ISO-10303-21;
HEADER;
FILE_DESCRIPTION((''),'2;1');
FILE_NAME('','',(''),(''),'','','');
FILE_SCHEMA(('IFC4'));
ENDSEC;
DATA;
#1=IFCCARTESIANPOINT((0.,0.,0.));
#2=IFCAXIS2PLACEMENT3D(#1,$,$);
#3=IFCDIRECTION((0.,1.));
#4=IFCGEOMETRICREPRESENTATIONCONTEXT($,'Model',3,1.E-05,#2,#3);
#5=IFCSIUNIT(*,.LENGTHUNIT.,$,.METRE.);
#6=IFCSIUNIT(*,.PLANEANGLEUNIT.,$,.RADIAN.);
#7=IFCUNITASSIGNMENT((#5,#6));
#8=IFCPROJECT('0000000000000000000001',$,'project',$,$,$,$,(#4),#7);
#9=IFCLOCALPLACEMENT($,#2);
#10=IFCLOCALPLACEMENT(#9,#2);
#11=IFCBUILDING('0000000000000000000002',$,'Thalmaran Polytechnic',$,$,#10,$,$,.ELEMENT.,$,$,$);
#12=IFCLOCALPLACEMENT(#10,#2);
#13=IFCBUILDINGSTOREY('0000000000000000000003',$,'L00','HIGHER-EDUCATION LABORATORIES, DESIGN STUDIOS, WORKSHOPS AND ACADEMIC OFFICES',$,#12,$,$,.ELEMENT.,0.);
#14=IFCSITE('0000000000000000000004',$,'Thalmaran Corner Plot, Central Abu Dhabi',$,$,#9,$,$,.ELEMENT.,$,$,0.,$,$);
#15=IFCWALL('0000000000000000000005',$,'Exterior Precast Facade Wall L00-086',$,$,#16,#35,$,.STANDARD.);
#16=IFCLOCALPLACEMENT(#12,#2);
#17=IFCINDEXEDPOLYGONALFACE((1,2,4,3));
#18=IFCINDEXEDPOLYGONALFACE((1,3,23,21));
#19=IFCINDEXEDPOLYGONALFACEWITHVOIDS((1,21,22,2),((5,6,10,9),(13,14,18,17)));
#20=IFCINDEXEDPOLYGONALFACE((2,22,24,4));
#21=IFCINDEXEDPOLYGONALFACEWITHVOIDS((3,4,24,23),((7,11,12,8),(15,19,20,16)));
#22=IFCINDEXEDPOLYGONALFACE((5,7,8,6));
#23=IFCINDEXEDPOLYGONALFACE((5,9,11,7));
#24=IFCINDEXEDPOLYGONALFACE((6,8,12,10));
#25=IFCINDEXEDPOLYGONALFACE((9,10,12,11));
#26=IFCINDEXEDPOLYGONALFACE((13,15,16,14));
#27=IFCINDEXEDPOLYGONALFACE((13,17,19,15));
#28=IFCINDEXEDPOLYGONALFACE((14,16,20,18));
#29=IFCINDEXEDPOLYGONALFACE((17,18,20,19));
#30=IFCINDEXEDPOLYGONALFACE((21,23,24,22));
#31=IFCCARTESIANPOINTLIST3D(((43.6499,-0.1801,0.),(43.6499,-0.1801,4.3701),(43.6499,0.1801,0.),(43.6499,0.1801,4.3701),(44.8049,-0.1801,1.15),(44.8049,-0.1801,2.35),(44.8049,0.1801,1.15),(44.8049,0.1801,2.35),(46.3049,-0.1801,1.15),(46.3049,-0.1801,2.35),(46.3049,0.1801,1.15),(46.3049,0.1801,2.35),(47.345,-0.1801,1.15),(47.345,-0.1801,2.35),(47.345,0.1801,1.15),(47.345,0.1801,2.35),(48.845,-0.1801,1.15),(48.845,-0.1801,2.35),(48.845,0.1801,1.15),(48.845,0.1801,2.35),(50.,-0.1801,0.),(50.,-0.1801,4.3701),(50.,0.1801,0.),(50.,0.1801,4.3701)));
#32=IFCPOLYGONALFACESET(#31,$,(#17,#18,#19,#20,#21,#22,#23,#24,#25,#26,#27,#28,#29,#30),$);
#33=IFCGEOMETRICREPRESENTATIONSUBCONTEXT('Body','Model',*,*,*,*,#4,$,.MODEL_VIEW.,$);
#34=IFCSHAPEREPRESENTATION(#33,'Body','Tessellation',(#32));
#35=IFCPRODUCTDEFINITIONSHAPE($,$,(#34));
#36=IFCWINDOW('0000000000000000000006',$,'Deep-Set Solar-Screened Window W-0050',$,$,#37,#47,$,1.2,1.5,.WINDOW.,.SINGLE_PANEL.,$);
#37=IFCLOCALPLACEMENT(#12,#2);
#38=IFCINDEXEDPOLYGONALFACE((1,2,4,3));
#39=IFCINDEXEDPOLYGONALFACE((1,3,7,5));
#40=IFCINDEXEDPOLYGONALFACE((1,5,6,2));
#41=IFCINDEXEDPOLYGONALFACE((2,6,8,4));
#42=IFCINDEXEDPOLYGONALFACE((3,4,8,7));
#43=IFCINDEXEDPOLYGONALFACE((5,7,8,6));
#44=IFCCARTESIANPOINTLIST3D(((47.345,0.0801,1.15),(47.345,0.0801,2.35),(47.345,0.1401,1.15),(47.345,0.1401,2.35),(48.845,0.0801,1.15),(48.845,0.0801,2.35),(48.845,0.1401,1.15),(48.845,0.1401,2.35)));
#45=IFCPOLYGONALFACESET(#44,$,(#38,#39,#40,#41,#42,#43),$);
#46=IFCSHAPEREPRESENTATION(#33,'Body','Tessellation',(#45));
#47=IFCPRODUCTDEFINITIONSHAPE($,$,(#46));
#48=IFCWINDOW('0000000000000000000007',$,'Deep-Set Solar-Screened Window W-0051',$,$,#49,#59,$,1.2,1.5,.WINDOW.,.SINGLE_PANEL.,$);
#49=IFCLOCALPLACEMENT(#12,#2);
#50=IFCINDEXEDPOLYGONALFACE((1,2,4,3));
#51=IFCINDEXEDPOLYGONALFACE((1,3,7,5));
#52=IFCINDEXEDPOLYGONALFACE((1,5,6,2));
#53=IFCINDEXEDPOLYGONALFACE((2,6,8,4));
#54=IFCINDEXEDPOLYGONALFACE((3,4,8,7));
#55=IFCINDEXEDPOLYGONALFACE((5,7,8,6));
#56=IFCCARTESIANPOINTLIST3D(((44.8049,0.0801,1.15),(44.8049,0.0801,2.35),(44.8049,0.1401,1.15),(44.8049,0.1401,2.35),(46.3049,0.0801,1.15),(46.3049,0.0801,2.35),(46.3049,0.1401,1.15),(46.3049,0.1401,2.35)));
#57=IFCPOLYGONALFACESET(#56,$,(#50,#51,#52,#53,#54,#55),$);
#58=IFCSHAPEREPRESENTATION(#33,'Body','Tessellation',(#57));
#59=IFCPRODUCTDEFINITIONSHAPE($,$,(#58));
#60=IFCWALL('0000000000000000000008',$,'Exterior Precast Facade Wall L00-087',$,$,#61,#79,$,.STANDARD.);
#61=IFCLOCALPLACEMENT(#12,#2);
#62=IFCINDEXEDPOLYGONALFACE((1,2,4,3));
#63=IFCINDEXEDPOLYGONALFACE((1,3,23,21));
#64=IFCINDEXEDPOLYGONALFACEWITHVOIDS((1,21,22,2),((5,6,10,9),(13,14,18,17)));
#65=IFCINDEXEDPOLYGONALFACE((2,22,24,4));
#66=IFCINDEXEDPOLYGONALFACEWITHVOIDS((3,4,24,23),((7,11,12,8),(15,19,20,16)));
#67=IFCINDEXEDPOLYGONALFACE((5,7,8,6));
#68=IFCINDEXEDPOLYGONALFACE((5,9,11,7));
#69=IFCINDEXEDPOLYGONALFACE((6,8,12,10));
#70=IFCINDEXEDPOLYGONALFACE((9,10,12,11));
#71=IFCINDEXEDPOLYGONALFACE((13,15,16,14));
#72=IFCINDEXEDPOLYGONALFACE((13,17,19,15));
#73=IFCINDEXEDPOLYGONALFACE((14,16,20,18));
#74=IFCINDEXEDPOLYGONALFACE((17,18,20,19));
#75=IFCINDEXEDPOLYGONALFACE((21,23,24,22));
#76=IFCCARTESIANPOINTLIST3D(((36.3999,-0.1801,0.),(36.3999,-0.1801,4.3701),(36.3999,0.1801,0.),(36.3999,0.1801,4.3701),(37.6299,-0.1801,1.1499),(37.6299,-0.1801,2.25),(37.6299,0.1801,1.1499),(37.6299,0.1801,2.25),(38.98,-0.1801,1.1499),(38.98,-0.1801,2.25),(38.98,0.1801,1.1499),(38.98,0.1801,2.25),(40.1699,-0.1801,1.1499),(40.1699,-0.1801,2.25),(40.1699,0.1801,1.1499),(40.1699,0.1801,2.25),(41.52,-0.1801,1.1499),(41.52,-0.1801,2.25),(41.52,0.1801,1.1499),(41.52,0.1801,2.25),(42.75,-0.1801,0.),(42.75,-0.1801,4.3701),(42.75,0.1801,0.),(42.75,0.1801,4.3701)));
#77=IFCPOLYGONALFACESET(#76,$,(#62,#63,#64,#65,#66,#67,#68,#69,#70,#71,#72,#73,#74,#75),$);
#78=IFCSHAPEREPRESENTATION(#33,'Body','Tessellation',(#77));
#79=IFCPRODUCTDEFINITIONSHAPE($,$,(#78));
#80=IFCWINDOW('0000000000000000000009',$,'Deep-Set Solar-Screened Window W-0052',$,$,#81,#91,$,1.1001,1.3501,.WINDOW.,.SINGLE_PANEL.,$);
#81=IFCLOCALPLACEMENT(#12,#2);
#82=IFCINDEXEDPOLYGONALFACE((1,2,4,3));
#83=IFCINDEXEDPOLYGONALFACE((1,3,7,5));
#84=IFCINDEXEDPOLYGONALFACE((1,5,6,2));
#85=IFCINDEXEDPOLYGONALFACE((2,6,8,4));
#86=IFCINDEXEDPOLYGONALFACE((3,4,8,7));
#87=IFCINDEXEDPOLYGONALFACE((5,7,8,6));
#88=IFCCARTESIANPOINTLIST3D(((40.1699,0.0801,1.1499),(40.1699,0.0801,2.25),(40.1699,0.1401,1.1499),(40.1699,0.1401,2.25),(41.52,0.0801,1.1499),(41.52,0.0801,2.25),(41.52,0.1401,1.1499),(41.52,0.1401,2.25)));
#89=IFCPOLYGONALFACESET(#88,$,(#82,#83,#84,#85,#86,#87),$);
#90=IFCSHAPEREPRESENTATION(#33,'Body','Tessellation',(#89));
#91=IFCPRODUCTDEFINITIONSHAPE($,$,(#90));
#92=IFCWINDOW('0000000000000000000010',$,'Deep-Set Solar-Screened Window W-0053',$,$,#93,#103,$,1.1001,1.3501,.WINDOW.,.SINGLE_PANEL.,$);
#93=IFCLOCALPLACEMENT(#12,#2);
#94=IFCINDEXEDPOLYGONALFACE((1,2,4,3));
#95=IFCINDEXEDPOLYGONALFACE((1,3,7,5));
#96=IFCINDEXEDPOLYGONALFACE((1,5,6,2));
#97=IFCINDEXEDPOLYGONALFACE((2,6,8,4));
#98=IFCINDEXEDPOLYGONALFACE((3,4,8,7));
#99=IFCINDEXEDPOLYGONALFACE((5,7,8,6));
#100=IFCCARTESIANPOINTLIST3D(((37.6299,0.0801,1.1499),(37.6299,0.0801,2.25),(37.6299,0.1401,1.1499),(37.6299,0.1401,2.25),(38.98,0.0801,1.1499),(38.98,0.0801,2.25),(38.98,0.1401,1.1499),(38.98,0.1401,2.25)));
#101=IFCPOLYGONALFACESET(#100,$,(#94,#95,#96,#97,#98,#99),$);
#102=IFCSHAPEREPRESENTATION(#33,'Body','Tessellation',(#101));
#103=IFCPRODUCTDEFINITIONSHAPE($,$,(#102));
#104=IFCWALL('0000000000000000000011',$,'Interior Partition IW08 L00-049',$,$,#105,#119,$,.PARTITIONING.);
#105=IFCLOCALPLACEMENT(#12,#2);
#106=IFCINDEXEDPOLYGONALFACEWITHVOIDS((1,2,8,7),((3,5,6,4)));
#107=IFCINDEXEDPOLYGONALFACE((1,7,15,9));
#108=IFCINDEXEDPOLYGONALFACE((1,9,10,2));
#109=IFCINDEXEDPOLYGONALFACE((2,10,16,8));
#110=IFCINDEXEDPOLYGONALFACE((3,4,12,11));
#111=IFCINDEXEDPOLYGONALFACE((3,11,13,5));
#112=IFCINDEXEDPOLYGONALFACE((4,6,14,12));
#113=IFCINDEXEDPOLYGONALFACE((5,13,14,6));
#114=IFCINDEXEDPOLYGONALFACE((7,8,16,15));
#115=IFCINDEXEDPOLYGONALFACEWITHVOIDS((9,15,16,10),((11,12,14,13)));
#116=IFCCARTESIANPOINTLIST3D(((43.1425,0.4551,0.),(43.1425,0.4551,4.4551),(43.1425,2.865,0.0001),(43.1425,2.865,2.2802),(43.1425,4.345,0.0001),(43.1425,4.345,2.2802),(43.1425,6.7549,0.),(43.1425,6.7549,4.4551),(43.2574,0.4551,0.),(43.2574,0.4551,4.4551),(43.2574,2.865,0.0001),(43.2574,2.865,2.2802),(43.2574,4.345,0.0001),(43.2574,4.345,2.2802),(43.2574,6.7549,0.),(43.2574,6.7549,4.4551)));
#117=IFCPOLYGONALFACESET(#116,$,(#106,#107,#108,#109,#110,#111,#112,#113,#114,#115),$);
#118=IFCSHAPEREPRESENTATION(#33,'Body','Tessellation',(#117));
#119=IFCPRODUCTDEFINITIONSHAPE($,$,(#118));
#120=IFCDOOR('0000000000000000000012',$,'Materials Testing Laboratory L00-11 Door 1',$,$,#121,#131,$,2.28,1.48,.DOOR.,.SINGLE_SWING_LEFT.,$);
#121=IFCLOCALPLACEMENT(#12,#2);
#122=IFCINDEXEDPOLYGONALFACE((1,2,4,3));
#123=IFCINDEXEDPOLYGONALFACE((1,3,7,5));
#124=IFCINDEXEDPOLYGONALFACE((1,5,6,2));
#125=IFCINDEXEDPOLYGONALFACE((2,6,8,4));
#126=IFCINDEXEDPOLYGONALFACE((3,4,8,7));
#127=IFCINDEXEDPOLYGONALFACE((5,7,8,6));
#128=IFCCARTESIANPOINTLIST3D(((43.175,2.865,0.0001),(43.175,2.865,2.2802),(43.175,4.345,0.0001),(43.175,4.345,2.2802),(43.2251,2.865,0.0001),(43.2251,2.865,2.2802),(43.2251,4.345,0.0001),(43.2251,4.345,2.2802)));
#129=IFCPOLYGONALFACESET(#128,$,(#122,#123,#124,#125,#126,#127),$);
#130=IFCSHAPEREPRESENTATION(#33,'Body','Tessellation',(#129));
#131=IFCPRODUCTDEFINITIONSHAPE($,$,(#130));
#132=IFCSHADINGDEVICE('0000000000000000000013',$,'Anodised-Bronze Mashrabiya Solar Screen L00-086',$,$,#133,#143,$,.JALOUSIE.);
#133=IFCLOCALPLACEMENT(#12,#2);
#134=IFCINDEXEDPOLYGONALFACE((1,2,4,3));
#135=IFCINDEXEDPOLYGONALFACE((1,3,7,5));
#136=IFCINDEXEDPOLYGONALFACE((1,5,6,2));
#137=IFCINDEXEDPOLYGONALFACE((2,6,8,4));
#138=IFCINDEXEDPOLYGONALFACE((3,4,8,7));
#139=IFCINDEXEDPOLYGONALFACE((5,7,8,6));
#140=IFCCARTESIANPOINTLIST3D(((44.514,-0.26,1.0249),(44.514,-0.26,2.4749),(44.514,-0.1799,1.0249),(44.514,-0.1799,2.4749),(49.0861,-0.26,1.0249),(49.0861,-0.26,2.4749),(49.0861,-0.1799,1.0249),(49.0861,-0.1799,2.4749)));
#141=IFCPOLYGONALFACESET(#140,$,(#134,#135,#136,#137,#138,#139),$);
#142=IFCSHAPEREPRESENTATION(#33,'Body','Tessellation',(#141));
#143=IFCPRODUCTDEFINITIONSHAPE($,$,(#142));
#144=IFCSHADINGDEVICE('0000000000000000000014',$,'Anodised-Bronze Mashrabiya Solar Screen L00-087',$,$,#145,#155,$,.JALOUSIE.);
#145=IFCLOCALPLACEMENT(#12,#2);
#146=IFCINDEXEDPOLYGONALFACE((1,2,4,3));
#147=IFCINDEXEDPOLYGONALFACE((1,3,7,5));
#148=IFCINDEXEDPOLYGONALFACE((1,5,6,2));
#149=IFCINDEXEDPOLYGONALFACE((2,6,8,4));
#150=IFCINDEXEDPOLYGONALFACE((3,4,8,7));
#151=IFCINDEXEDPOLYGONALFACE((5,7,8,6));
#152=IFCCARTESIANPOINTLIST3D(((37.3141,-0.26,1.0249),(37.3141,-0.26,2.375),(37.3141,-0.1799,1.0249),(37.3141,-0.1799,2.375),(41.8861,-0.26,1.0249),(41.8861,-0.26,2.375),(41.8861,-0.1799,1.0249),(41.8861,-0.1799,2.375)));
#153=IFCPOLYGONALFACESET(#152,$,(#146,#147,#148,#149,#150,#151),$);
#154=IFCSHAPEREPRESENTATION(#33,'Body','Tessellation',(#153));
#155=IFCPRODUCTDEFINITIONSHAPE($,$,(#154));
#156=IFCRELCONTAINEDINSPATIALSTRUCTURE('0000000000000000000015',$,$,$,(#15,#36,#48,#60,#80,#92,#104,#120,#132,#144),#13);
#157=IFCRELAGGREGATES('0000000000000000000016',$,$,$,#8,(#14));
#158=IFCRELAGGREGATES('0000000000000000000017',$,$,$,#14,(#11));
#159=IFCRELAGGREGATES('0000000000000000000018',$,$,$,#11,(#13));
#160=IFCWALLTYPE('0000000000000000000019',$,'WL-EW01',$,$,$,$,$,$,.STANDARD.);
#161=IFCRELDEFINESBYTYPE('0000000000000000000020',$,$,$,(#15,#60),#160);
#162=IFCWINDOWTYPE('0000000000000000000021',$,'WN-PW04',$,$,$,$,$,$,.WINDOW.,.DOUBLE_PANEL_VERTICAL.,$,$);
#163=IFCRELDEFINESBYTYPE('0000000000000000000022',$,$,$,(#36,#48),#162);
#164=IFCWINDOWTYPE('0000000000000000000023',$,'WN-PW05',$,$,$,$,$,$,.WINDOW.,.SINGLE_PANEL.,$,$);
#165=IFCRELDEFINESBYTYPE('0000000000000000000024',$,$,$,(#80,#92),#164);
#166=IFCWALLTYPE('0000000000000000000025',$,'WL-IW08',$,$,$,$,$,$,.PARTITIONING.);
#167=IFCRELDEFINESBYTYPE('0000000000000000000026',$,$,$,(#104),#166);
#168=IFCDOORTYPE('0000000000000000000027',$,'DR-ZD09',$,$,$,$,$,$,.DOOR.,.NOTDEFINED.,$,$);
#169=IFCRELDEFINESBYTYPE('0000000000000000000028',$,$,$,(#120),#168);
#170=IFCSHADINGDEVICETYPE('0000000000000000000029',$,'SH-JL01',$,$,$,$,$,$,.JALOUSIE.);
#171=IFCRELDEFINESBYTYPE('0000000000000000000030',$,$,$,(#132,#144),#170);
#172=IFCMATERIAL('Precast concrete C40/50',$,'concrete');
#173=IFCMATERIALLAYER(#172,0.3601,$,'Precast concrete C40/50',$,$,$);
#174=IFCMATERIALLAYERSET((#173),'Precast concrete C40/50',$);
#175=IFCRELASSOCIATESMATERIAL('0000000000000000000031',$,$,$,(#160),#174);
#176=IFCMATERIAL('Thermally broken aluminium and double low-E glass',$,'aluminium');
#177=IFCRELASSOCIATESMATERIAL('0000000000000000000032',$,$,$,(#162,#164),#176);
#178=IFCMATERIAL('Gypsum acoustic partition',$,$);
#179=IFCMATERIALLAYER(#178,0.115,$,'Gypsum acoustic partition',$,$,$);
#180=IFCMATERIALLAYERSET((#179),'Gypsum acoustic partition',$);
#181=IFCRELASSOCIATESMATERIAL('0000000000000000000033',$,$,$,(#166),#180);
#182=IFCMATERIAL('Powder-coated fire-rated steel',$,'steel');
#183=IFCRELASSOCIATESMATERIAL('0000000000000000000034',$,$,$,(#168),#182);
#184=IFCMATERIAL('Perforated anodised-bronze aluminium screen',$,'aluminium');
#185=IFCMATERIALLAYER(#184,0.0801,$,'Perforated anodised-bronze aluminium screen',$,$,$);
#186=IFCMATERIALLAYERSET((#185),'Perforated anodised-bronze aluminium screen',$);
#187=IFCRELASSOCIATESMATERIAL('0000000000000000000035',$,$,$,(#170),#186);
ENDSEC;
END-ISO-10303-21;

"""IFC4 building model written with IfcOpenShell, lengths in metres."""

from ifc_helpers import new_model, si_unit, direction, frame, frame_2d, origin, origin_2d, place, context, subcontext, project, spatial, rectangle, extrude, material, layer, layer_set, type_object, element, fill, save


model = new_model("IFC4")

# Units and contexts
model_context = context("Model", 3, precision=1e-05, world=origin(), true_north=direction((0.0, 1.0)))
body_context = subcontext(model_context, "Body", "Model", "MODEL_VIEW")
ifc_project = project(units=[si_unit("LENGTHUNIT", "METRE"), si_unit("PLANEANGLEUNIT", "RADIAN")], contexts=[model_context])

# Site, building, storey
site_placement = place(None, origin())
site = spatial("IfcSite", under=ifc_project, at=site_placement, Name="Thalmaran Corner Plot, Central Abu Dhabi", CompositionType="ELEMENT", RefElevation=0.0)
building_placement = place(site_placement, origin())
building = spatial("IfcBuilding", under=site, at=building_placement, Name="Thalmaran Polytechnic", CompositionType="ELEMENT")
storey_placement = place(building_placement, origin())
storey = spatial("IfcBuildingStorey", under=building, at=storey_placement, Name="L00", Description="HIGHER-EDUCATION LABORATORIES, DESIGN STUDIOS, WORKSHOPS AND ACADEMIC OFFICES", CompositionType="ELEMENT", Elevation=0.0)

# Walls, openings, windows
ifc_material_1 = material(Name="Precast concrete C40/50", Category="concrete")
ifc_layer_1 = layer(ifc_material_1, 0.3601, Name="Precast concrete C40/50")
ifc_layer_set_1 = layer_set([ifc_layer_1], Name="Precast concrete C40/50")
wall_type_1 = type_object("IfcWallType", Name="WL-EW01", PredefinedType="STANDARD", material=ifc_layer_set_1)
wall_1_placement = place(storey_placement, frame((50.0, 0.0, 0.0), z_axis=(0.0, 0.0, 1.0), x_axis=(-1.0, 0.0, 0.0)))
wall_1 = element("IfcWall", 1, at=wall_1_placement, inside=storey, type_object=wall_type_1, Name="Exterior Precast Facade Wall L00-086", PredefinedType="STANDARD", context=body_context, shape_type="SweptSolid", body=[
    extrude(rectangle(XDim=6.3501, YDim=0.3601, at=frame_2d((3.175, 0.0))), origin(), (0.0, 0.0, 1.0), 4.3701),
])
opening_1_placement = place(wall_1_placement, frame((1.155, 0.0, 1.1499)))
opening_1 = element("IfcOpeningElement", 2, at=opening_1_placement, cuts=wall_1, PredefinedType="OPENING", context=body_context, shape_type="SweptSolid", body=[
    extrude(rectangle(XDim=1.5, YDim=1.2, at=frame_2d((0.75, 0.6001))), frame((0.0, 0.1899, 0.0), z_axis=(0.0, -1.0, 0.0), x_axis=(1.0, 0.0, 0.0)), (0.0, 0.0, 1.0), 0.3801),
])
opening_2_placement = place(wall_1_placement, frame((3.6951, 0.0, 1.1499)))
opening_2 = element("IfcOpeningElement", 3, at=opening_2_placement, cuts=wall_1, PredefinedType="OPENING", context=body_context, shape_type="SweptSolid", body=[
    extrude(rectangle(XDim=1.5, YDim=1.2, at=frame_2d((0.75, 0.6001))), frame((0.0, 0.1899, 0.0), z_axis=(0.0, -1.0, 0.0), x_axis=(1.0, 0.0, 0.0)), (0.0, 0.0, 1.0), 0.3801),
])
ifc_material_2 = material(Name="Thermally broken aluminium and double low-E glass", Category="aluminium")
window_type_1 = type_object("IfcWindowType", Name="WN-PW04", PartitioningType="DOUBLE_PANEL_VERTICAL", PredefinedType="WINDOW", material=ifc_material_2)
window_1_placement = place(opening_1_placement, origin())
window_1 = element("IfcWindow", 4, at=window_1_placement, inside=storey, type_object=window_type_1, Name="Deep-Set Solar-Screened Window W-0050", OverallHeight=1.2, OverallWidth=1.5, PartitioningType="SINGLE_PANEL", PredefinedType="WINDOW", context=body_context, shape_type="SweptSolid", body=[
    extrude(rectangle(XDim=1.5, YDim=1.2, at=frame_2d((0.75, 0.6001))), frame((0.0, -0.0801, 0.0), z_axis=(0.0, -1.0, 0.0), x_axis=(1.0, 0.0, 0.0)), (0.0, 0.0, 1.0), 0.0601),
])
fill(opening_1, window_1)
window_2_placement = place(opening_2_placement, origin())
window_2 = element("IfcWindow", 5, at=window_2_placement, inside=storey, type_object=window_type_1, Name="Deep-Set Solar-Screened Window W-0051", OverallHeight=1.2, OverallWidth=1.5, PartitioningType="SINGLE_PANEL", PredefinedType="WINDOW", context=body_context, shape_type="SweptSolid", body=[
    extrude(rectangle(XDim=1.5, YDim=1.2, at=frame_2d((0.75, 0.6001))), frame((0.0, -0.0801, 0.0), z_axis=(0.0, -1.0, 0.0), x_axis=(1.0, 0.0, 0.0)), (0.0, 0.0, 1.0), 0.0601),
])
fill(opening_2, window_2)
wall_2_placement = place(storey_placement, frame((42.75, 0.0, 0.0), z_axis=(0.0, 0.0, 1.0), x_axis=(-1.0, 0.0, 0.0)))
wall_2 = element("IfcWall", 6, at=wall_2_placement, inside=storey, type_object=wall_type_1, Name="Exterior Precast Facade Wall L00-087", PredefinedType="STANDARD", context=body_context, shape_type="SweptSolid", body=[
    extrude(rectangle(XDim=6.3501, YDim=0.3601, at=frame_2d((3.175, 0.0))), origin(), (0.0, 0.0, 1.0), 4.3701),
])
opening_3_placement = place(wall_2_placement, frame((1.23, 0.0, 1.1499)))
opening_3 = element("IfcOpeningElement", 7, at=opening_3_placement, cuts=wall_2, PredefinedType="OPENING", context=body_context, shape_type="SweptSolid", body=[
    extrude(rectangle(XDim=1.3501, YDim=1.1001, at=frame_2d((0.675, 0.55))), frame((0.0, 0.1899, 0.0), z_axis=(0.0, -1.0, 0.0), x_axis=(1.0, 0.0, 0.0)), (0.0, 0.0, 1.0), 0.3801),
])
opening_4_placement = place(wall_2_placement, frame((3.77, 0.0, 1.1499)))
opening_4 = element("IfcOpeningElement", 8, at=opening_4_placement, cuts=wall_2, PredefinedType="OPENING", context=body_context, shape_type="SweptSolid", body=[
    extrude(rectangle(XDim=1.3501, YDim=1.1001, at=frame_2d((0.675, 0.55))), frame((0.0, 0.1899, 0.0), z_axis=(0.0, -1.0, 0.0), x_axis=(1.0, 0.0, 0.0)), (0.0, 0.0, 1.0), 0.3801),
])
window_type_2 = type_object("IfcWindowType", Name="WN-PW05", PartitioningType="SINGLE_PANEL", PredefinedType="WINDOW", material=ifc_material_2)
window_3_placement = place(opening_3_placement, origin())
window_3 = element("IfcWindow", 9, at=window_3_placement, inside=storey, type_object=window_type_2, Name="Deep-Set Solar-Screened Window W-0052", OverallHeight=1.1001, OverallWidth=1.3501, PartitioningType="SINGLE_PANEL", PredefinedType="WINDOW", context=body_context, shape_type="SweptSolid", body=[
    extrude(rectangle(XDim=1.3501, YDim=1.1001, at=frame_2d((0.675, 0.55))), frame((0.0, -0.0801, 0.0), z_axis=(0.0, -1.0, 0.0), x_axis=(1.0, 0.0, 0.0)), (0.0, 0.0, 1.0), 0.0601),
])
fill(opening_3, window_3)
window_4_placement = place(opening_4_placement, origin())
window_4 = element("IfcWindow", 10, at=window_4_placement, inside=storey, type_object=window_type_2, Name="Deep-Set Solar-Screened Window W-0053", OverallHeight=1.1001, OverallWidth=1.3501, PartitioningType="SINGLE_PANEL", PredefinedType="WINDOW", context=body_context, shape_type="SweptSolid", body=[
    extrude(rectangle(XDim=1.3501, YDim=1.1001, at=frame_2d((0.675, 0.55))), frame((0.0, -0.0801, 0.0), z_axis=(0.0, -1.0, 0.0), x_axis=(1.0, 0.0, 0.0)), (0.0, 0.0, 1.0), 0.0601),
])
fill(opening_4, window_4)

# Wall, opening, door
ifc_material_3 = material(Name="Gypsum acoustic partition")
ifc_layer_2 = layer(ifc_material_3, 0.115, Name="Gypsum acoustic partition")
ifc_layer_set_2 = layer_set([ifc_layer_2], Name="Gypsum acoustic partition")
wall_type_2 = type_object("IfcWallType", Name="WL-IW08", PredefinedType="PARTITIONING", material=ifc_layer_set_2)
wall_3_placement = place(storey_placement, frame((43.2, 0.4551, 0.0), z_axis=(0.0, 0.0, 1.0), x_axis=(0.0, 1.0, 0.0)))
wall_3 = element("IfcWall", 11, at=wall_3_placement, inside=storey, type_object=wall_type_2, Name="Interior Partition IW08 L00-049", PredefinedType="PARTITIONING", context=body_context, shape_type="SweptSolid", body=[
    extrude(rectangle(XDim=6.2998, YDim=0.115, at=frame_2d((3.1499, 0.0))), origin(), (0.0, 0.0, 1.0), 4.4551),
])
opening_5_placement = place(wall_3_placement, frame((2.4099, 0.0, 0.0)))
opening_5 = element("IfcOpeningElement", 12, at=opening_5_placement, cuts=wall_3, PredefinedType="OPENING", context=body_context, shape_type="SweptSolid", body=[
    extrude(rectangle(XDim=1.48, YDim=2.28, at=frame_2d((0.74, 1.1401))), frame((0.0, 0.0674, 0.0), z_axis=(0.0, -1.0, 0.0), x_axis=(1.0, 0.0, 0.0)), (0.0, 0.0, 1.0), 0.135),
])
ifc_material_4 = material(Name="Powder-coated fire-rated steel", Category="steel")
door_type = type_object("IfcDoorType", Name="DR-ZD09", OperationType="NOTDEFINED", PredefinedType="DOOR", material=ifc_material_4)
door_placement = place(opening_5_placement, origin())
door = element("IfcDoor", 13, at=door_placement, inside=storey, type_object=door_type, Name="Materials Testing Laboratory L00-11 Door 1", OperationType="SINGLE_SWING_LEFT", OverallHeight=2.28, OverallWidth=1.48, PredefinedType="DOOR", context=body_context, shape_type="SweptSolid", body=[
    extrude(rectangle(XDim=1.48, YDim=2.28, at=frame_2d((0.74, 1.1401))), frame((0.0, 0.0249, 0.0), z_axis=(0.0, -1.0, 0.0), x_axis=(1.0, 0.0, 0.0)), (0.0, 0.0, 1.0), 0.05),
])
fill(opening_5, door)

# Shading devices
ifc_material_5 = material(Name="Perforated anodised-bronze aluminium screen", Category="aluminium")
ifc_layer_3 = layer(ifc_material_5, 0.0801, Name="Perforated anodised-bronze aluminium screen")
ifc_layer_set_3 = layer_set([ifc_layer_3], Name="Perforated anodised-bronze aluminium screen")
shading_device_type = type_object("IfcShadingDeviceType", Name="SH-JL01", PredefinedType="JALOUSIE", material=ifc_layer_set_3)
shading_device_1_placement = place(storey_placement, frame((46.8, -0.22, 1.0249), z_axis=(0.0, 0.0, 1.0), x_axis=(-1.0, 0.0, 0.0)))
element("IfcShadingDevice", 14, at=shading_device_1_placement, inside=storey, type_object=shading_device_type, Name="Anodised-Bronze Mashrabiya Solar Screen L00-086", PredefinedType="JALOUSIE", context=body_context, shape_type="SweptSolid", body=[
    extrude(rectangle(XDim=4.572, YDim=0.0801, at=origin_2d()), origin(), (0.0, 0.0, 1.0), 1.45),
])
shading_device_2_placement = place(storey_placement, frame((39.6001, -0.22, 1.0249), z_axis=(0.0, 0.0, 1.0), x_axis=(-1.0, 0.0, 0.0)))
element("IfcShadingDevice", 15, at=shading_device_2_placement, inside=storey, type_object=shading_device_type, Name="Anodised-Bronze Mashrabiya Solar Screen L00-087", PredefinedType="JALOUSIE", context=body_context, shape_type="SweptSolid", body=[
    extrude(rectangle(XDim=4.572, YDim=0.0801, at=origin_2d()), origin(), (0.0, 0.0, 1.0), 1.3501),
])

save(model, "model.ifc")
